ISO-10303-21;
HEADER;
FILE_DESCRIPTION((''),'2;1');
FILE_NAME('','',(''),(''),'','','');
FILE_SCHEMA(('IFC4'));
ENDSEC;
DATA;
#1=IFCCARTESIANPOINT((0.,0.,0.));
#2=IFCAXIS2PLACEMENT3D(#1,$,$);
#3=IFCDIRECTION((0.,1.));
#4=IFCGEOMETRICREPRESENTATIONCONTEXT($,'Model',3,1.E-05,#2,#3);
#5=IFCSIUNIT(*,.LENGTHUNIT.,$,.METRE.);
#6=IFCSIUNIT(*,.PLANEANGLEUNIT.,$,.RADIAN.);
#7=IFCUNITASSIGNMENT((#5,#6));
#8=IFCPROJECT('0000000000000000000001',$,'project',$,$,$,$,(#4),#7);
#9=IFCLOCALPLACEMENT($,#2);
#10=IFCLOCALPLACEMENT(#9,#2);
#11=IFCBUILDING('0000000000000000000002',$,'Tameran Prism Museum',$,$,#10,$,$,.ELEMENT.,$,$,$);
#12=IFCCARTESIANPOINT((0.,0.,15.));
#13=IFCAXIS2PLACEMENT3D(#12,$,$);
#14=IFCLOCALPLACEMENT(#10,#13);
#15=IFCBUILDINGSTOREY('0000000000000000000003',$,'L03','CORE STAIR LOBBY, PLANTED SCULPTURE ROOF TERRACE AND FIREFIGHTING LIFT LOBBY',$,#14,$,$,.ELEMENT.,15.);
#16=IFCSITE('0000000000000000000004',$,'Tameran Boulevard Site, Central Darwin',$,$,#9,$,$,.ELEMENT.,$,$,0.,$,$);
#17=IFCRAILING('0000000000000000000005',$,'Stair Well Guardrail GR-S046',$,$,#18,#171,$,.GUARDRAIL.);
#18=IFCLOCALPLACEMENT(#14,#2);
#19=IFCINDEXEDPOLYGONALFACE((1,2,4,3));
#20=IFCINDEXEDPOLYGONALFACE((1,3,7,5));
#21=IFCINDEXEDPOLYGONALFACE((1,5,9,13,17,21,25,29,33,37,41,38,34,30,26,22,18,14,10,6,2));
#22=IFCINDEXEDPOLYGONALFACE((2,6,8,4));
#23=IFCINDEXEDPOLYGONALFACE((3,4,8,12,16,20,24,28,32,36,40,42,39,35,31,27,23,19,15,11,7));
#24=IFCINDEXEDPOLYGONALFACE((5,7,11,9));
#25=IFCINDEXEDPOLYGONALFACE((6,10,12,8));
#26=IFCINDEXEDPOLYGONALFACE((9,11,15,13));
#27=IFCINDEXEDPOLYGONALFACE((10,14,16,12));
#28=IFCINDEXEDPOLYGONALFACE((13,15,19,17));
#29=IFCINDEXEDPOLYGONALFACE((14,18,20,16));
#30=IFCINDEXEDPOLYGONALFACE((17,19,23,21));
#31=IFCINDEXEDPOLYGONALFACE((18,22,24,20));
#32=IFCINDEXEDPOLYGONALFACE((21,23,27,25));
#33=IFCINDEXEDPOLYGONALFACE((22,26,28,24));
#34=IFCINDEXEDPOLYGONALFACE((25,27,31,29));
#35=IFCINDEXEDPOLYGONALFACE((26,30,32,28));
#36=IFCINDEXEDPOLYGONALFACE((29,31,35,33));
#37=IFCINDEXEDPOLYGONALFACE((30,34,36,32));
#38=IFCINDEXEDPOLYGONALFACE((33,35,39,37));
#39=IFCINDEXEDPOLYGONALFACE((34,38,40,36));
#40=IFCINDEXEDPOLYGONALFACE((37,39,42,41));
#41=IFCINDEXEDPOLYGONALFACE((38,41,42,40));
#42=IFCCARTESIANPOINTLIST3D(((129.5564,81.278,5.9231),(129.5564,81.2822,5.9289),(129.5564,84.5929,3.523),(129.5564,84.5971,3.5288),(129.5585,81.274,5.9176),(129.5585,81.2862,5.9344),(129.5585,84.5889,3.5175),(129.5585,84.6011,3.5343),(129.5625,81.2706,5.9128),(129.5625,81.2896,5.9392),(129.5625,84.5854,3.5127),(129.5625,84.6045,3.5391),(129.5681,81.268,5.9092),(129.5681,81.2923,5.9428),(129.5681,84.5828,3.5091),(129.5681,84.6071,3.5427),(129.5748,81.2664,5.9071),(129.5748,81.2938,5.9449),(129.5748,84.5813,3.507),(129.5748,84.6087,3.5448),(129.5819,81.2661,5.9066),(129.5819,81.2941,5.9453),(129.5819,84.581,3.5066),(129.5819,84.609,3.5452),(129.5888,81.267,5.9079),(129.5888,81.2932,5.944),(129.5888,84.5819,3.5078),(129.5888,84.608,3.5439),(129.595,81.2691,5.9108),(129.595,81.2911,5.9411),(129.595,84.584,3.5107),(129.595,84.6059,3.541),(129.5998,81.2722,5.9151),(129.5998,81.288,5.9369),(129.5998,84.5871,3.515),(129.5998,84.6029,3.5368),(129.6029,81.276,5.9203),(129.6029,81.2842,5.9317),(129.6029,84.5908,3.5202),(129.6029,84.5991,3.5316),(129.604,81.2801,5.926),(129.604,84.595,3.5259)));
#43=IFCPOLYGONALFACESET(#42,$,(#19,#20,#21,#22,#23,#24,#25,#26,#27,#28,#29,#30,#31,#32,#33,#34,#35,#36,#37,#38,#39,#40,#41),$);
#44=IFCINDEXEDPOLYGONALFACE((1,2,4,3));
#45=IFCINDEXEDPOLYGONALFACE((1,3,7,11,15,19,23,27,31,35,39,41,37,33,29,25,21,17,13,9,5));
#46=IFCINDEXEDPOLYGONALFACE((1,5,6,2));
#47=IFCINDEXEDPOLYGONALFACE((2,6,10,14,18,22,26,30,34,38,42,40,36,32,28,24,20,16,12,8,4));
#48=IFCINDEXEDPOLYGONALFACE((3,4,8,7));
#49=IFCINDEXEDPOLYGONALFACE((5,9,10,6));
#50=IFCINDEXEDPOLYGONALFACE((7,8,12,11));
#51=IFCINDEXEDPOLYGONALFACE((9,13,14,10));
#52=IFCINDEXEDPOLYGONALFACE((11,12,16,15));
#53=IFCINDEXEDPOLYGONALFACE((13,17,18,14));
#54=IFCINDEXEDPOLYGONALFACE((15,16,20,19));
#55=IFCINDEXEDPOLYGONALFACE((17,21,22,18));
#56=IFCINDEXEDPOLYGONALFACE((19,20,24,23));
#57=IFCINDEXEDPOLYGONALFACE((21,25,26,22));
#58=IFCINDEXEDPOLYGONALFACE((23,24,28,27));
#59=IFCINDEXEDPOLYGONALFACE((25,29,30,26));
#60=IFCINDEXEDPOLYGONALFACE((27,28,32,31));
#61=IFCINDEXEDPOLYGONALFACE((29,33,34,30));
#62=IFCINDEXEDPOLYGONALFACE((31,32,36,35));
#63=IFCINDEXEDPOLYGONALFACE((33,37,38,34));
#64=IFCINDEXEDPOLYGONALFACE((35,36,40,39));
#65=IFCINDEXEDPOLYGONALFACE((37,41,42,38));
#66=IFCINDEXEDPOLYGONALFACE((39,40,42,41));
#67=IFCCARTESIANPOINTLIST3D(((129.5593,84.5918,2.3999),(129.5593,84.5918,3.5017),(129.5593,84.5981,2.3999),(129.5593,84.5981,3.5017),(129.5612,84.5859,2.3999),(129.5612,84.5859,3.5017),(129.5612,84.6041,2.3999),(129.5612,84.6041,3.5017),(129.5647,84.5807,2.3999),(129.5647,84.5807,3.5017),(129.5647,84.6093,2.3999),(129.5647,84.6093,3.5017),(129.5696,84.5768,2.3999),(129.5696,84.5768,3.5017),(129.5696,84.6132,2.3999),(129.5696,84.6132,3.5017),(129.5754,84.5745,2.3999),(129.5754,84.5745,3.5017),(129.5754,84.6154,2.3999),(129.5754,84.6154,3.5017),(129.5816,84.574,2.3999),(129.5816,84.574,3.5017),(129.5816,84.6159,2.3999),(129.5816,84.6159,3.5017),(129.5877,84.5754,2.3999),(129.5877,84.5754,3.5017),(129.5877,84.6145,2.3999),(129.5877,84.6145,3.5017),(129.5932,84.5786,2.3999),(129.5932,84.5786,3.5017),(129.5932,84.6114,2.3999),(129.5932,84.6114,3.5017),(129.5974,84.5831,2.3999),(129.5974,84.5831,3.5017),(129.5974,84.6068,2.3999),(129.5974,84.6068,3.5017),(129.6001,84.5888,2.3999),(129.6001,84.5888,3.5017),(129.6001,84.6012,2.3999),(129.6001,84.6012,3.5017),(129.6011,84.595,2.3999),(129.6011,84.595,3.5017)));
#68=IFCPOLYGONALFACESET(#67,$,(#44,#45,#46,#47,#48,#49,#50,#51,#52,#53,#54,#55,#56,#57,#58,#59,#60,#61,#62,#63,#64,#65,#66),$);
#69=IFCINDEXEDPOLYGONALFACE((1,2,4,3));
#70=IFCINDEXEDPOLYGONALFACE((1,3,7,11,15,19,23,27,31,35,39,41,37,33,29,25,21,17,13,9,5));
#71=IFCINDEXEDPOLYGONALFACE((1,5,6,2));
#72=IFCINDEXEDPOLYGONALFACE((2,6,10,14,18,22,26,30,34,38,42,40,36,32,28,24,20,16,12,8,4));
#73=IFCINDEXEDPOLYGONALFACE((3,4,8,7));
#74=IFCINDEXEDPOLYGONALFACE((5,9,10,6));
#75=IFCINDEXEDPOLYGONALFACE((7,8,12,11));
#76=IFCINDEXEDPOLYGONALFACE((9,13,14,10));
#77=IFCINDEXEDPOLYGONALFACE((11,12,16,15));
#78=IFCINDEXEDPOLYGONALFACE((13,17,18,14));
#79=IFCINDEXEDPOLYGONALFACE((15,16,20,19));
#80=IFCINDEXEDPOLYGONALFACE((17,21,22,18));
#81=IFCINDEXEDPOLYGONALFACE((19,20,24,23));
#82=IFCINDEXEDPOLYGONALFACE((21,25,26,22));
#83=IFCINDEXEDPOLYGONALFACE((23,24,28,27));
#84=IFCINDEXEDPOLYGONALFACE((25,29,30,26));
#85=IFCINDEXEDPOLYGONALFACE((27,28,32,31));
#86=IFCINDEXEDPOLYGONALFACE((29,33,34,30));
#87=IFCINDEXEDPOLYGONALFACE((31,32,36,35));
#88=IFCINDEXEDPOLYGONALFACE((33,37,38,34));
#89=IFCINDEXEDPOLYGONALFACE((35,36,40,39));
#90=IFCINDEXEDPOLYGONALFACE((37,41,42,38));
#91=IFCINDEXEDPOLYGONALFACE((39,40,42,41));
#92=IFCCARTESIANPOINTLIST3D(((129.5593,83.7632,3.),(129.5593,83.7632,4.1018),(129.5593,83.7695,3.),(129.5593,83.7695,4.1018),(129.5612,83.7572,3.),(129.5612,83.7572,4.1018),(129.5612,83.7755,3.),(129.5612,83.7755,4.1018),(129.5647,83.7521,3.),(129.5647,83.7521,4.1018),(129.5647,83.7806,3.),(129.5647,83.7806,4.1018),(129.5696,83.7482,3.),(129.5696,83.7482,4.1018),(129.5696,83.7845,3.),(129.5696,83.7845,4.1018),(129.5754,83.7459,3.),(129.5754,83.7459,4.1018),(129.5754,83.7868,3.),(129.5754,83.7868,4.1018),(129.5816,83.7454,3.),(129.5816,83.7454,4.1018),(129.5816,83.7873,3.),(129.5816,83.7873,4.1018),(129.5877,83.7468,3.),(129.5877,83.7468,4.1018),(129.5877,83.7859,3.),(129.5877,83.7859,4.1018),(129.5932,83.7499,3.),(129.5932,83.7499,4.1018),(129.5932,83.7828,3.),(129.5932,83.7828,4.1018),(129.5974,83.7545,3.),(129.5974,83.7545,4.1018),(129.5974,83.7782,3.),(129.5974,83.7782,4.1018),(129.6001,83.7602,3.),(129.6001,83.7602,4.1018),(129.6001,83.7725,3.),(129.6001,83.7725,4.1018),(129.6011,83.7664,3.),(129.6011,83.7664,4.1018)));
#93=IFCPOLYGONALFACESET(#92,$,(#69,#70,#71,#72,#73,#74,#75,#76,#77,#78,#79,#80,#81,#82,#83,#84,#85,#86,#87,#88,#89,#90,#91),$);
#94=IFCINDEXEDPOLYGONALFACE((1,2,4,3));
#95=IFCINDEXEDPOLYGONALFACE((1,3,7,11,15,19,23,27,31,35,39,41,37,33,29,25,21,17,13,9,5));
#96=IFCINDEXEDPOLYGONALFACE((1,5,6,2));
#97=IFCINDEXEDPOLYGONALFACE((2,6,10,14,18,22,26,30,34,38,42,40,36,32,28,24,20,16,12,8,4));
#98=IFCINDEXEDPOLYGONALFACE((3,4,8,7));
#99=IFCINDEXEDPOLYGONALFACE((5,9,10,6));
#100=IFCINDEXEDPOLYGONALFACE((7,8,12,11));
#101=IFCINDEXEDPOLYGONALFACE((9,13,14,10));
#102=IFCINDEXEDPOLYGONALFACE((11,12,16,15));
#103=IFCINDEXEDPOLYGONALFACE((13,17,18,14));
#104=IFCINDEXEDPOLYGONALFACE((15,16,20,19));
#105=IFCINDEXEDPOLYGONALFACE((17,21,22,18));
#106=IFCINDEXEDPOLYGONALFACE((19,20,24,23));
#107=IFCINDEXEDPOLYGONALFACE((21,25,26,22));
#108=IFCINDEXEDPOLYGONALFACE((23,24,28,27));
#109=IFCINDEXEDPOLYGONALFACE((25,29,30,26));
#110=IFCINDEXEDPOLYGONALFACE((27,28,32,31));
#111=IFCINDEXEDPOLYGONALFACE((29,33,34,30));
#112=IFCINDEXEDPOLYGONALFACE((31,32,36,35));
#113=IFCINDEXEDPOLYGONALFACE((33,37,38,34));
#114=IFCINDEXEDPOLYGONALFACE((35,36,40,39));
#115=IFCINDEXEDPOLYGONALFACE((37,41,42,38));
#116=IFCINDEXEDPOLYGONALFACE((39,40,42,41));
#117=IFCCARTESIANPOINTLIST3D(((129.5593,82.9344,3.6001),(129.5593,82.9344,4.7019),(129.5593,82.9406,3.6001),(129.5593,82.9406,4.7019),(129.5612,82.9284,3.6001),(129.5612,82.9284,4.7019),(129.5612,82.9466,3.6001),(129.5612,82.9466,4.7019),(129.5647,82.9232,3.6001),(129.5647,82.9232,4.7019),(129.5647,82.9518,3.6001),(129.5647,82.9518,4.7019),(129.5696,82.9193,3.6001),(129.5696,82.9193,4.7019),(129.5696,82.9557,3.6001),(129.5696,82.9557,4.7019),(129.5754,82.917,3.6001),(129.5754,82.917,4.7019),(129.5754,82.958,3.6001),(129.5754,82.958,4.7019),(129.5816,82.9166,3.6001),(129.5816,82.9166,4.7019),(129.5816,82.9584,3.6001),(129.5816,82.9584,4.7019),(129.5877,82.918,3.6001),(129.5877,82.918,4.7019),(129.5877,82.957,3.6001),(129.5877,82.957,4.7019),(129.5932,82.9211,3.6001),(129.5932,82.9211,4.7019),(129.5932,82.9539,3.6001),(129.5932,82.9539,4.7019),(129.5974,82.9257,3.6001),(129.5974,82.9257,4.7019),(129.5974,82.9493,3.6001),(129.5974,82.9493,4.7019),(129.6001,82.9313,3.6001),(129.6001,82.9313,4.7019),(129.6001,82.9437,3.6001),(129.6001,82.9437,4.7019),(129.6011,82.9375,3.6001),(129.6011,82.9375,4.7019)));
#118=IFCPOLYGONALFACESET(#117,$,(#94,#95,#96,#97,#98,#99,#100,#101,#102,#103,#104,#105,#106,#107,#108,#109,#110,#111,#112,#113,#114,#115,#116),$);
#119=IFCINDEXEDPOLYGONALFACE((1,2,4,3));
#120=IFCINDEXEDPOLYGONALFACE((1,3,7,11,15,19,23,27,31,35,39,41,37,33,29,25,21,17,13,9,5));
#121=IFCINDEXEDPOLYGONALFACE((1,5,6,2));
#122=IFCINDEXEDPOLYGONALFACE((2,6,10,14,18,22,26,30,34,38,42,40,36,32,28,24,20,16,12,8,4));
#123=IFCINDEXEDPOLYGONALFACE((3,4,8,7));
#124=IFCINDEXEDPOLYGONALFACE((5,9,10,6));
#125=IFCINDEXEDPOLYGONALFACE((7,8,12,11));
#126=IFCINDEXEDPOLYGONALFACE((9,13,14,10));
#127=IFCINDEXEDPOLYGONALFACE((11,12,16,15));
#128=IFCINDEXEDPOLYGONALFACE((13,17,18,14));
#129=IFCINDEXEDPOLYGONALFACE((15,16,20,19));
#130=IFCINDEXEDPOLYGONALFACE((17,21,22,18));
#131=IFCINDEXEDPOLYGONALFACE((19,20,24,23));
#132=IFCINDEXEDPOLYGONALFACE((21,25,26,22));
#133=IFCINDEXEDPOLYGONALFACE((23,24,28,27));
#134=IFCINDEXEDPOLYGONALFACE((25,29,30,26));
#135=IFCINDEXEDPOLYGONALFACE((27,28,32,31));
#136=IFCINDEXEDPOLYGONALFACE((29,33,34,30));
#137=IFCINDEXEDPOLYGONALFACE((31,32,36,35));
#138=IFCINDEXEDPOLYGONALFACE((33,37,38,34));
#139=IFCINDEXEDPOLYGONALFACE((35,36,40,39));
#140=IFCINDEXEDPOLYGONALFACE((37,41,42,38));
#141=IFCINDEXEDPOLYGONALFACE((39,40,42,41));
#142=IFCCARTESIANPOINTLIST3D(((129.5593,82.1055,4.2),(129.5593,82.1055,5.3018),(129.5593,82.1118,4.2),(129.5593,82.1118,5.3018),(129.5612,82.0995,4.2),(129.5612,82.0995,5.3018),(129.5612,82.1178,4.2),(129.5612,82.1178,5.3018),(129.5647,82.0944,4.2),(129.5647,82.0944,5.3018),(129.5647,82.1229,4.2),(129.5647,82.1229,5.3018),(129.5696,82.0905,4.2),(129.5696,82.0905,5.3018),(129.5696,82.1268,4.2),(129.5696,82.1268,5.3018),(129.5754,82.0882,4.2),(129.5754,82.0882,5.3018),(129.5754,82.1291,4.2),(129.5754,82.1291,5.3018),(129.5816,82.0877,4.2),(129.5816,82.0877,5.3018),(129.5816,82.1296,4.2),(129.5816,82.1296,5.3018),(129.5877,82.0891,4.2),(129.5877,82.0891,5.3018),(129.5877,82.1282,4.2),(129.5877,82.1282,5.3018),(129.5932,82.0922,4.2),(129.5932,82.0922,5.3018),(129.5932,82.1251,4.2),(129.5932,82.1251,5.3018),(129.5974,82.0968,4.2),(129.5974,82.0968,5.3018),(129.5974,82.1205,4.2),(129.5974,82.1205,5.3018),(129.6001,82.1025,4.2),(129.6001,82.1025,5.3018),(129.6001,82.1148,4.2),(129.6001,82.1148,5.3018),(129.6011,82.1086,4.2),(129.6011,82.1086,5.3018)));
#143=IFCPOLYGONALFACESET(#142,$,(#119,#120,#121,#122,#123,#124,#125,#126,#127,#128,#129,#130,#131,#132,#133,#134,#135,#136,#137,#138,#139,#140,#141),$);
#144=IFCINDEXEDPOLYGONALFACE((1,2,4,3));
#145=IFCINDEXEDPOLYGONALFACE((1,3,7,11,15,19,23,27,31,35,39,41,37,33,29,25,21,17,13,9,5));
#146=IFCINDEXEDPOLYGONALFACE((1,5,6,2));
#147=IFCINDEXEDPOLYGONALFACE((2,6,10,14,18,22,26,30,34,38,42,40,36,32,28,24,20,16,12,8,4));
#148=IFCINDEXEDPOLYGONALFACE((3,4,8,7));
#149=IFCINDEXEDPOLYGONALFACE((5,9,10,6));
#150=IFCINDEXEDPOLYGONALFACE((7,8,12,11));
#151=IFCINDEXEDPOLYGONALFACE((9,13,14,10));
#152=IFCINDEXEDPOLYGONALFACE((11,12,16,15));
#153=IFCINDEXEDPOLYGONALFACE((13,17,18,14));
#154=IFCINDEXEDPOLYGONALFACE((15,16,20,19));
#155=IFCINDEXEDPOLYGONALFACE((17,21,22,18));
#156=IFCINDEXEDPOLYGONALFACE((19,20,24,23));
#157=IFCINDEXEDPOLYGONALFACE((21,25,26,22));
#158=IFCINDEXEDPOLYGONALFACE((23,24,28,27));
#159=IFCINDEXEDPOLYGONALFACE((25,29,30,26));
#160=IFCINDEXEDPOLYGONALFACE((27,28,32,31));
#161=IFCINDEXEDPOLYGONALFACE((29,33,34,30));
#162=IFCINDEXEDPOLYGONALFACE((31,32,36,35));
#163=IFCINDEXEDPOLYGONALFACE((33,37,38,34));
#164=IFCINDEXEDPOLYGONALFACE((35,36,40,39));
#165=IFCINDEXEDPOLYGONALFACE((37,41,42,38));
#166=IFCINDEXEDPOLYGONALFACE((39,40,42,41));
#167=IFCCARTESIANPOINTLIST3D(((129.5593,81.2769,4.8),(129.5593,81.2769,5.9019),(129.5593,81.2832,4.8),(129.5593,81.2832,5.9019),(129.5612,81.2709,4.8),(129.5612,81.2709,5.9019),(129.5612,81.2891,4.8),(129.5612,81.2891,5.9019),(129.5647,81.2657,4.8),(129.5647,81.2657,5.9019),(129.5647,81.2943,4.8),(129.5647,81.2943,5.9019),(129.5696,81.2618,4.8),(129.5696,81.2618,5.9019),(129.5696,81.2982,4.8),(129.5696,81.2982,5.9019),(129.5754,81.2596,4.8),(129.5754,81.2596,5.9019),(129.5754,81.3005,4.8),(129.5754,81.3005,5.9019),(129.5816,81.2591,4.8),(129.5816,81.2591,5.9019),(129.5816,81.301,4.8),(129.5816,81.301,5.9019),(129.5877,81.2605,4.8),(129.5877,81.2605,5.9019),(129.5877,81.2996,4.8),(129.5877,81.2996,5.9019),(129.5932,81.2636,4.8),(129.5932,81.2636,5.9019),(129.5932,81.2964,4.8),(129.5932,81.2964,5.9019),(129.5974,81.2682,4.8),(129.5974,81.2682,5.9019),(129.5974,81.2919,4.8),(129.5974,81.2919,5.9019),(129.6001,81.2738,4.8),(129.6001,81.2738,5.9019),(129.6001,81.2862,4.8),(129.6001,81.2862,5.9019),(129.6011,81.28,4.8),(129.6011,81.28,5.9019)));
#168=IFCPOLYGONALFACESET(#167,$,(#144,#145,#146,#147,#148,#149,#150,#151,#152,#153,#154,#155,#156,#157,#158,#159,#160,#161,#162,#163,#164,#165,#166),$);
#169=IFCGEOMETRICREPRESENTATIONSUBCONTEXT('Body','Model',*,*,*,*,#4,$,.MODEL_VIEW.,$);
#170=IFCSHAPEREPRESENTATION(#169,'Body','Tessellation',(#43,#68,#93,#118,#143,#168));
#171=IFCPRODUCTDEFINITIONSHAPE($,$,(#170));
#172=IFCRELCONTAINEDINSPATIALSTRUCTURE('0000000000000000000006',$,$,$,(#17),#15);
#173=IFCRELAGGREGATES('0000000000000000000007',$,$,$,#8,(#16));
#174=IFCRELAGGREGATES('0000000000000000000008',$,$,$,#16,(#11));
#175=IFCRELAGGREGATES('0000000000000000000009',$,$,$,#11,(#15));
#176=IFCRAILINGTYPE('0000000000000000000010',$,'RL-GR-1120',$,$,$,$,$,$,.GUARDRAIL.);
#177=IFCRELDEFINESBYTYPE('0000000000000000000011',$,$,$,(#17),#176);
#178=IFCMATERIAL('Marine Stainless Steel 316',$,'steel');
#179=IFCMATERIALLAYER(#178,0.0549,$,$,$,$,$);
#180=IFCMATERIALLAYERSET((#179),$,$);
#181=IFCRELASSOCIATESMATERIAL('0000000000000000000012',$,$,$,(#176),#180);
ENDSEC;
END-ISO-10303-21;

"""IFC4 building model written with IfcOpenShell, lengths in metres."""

from ifc_helpers import new_model, si_unit, direction, frame, origin, origin_2d, place, context, subcontext, project, spatial, circle, extrude, material, layer, layer_set, type_object, element, save


model = new_model("IFC4")

# Units and contexts
model_context = context("Model", 3, precision=1e-05, world=origin(), true_north=direction((0.0, 1.0)))
body_context = subcontext(model_context, "Body", "Model", "MODEL_VIEW")
ifc_project = project(units=[si_unit("LENGTHUNIT", "METRE"), si_unit("PLANEANGLEUNIT", "RADIAN")], contexts=[model_context])

# Site, building, storey
site_placement = place(None, origin())
site = spatial("IfcSite", under=ifc_project, at=site_placement, Name="Tameran Boulevard Site, Central Darwin", CompositionType="ELEMENT", RefElevation=0.0)
building_placement = place(site_placement, origin())
building = spatial("IfcBuilding", under=site, at=building_placement, Name="Tameran Prism Museum", CompositionType="ELEMENT")
storey_placement = place(building_placement, frame((0.0, 0.0, 15.0)))
storey = spatial("IfcBuildingStorey", under=building, at=storey_placement, Name="L03", Description="CORE STAIR LOBBY, PLANTED SCULPTURE ROOF TERRACE AND FIREFIGHTING LIFT LOBBY", CompositionType="ELEMENT", Elevation=15.0)

# Railing
ifc_material_1 = material(Name="Marine Stainless Steel 316", Category="steel")
ifc_layer_1 = layer(ifc_material_1, 0.0549)
ifc_layer_set_1 = layer_set([ifc_layer_1])
railing_type_1 = type_object("IfcRailingType", Name="RL-GR-1120", PredefinedType="GUARDRAIL", material=ifc_layer_set_1)
railing_1_placement = place(storey_placement, frame((129.5801, 84.595, 2.3999)))
element("IfcRailing", 1, at=railing_1_placement, inside=storey, type_object=railing_type_1, Name="Stair Well Guardrail GR-S046", PredefinedType="GUARDRAIL", context=body_context, shape_type="SweptSolid", body=[
    extrude(circle(Radius=0.0239, at=origin_2d()), frame((0.0, 0.0, 1.126), z_axis=(0.0, -0.80998, 0.586457), x_axis=(1.0, 0.0, 0.0)), (0.0, 0.0, 1.0), 4.0925),
    extrude(circle(Radius=0.021, at=origin_2d()), origin(), (0.0, 0.0, 1.0), 1.1018),
    extrude(circle(Radius=0.021, at=origin_2d()), frame((0.0, -0.8286, 0.6001)), (0.0, 0.0, 1.0), 1.1018),
    extrude(circle(Radius=0.021, at=origin_2d()), frame((0.0, -1.6575, 1.2002)), (0.0, 0.0, 1.0), 1.1018),
    extrude(circle(Radius=0.021, at=origin_2d()), frame((0.0, -2.4863, 1.8)), (0.0, 0.0, 1.0), 1.1018),
    extrude(circle(Radius=0.021, at=origin_2d()), frame((0.0, -3.3149, 2.4001)), (0.0, 0.0, 1.0), 1.1018),
])

save(model, "model.ifc")
